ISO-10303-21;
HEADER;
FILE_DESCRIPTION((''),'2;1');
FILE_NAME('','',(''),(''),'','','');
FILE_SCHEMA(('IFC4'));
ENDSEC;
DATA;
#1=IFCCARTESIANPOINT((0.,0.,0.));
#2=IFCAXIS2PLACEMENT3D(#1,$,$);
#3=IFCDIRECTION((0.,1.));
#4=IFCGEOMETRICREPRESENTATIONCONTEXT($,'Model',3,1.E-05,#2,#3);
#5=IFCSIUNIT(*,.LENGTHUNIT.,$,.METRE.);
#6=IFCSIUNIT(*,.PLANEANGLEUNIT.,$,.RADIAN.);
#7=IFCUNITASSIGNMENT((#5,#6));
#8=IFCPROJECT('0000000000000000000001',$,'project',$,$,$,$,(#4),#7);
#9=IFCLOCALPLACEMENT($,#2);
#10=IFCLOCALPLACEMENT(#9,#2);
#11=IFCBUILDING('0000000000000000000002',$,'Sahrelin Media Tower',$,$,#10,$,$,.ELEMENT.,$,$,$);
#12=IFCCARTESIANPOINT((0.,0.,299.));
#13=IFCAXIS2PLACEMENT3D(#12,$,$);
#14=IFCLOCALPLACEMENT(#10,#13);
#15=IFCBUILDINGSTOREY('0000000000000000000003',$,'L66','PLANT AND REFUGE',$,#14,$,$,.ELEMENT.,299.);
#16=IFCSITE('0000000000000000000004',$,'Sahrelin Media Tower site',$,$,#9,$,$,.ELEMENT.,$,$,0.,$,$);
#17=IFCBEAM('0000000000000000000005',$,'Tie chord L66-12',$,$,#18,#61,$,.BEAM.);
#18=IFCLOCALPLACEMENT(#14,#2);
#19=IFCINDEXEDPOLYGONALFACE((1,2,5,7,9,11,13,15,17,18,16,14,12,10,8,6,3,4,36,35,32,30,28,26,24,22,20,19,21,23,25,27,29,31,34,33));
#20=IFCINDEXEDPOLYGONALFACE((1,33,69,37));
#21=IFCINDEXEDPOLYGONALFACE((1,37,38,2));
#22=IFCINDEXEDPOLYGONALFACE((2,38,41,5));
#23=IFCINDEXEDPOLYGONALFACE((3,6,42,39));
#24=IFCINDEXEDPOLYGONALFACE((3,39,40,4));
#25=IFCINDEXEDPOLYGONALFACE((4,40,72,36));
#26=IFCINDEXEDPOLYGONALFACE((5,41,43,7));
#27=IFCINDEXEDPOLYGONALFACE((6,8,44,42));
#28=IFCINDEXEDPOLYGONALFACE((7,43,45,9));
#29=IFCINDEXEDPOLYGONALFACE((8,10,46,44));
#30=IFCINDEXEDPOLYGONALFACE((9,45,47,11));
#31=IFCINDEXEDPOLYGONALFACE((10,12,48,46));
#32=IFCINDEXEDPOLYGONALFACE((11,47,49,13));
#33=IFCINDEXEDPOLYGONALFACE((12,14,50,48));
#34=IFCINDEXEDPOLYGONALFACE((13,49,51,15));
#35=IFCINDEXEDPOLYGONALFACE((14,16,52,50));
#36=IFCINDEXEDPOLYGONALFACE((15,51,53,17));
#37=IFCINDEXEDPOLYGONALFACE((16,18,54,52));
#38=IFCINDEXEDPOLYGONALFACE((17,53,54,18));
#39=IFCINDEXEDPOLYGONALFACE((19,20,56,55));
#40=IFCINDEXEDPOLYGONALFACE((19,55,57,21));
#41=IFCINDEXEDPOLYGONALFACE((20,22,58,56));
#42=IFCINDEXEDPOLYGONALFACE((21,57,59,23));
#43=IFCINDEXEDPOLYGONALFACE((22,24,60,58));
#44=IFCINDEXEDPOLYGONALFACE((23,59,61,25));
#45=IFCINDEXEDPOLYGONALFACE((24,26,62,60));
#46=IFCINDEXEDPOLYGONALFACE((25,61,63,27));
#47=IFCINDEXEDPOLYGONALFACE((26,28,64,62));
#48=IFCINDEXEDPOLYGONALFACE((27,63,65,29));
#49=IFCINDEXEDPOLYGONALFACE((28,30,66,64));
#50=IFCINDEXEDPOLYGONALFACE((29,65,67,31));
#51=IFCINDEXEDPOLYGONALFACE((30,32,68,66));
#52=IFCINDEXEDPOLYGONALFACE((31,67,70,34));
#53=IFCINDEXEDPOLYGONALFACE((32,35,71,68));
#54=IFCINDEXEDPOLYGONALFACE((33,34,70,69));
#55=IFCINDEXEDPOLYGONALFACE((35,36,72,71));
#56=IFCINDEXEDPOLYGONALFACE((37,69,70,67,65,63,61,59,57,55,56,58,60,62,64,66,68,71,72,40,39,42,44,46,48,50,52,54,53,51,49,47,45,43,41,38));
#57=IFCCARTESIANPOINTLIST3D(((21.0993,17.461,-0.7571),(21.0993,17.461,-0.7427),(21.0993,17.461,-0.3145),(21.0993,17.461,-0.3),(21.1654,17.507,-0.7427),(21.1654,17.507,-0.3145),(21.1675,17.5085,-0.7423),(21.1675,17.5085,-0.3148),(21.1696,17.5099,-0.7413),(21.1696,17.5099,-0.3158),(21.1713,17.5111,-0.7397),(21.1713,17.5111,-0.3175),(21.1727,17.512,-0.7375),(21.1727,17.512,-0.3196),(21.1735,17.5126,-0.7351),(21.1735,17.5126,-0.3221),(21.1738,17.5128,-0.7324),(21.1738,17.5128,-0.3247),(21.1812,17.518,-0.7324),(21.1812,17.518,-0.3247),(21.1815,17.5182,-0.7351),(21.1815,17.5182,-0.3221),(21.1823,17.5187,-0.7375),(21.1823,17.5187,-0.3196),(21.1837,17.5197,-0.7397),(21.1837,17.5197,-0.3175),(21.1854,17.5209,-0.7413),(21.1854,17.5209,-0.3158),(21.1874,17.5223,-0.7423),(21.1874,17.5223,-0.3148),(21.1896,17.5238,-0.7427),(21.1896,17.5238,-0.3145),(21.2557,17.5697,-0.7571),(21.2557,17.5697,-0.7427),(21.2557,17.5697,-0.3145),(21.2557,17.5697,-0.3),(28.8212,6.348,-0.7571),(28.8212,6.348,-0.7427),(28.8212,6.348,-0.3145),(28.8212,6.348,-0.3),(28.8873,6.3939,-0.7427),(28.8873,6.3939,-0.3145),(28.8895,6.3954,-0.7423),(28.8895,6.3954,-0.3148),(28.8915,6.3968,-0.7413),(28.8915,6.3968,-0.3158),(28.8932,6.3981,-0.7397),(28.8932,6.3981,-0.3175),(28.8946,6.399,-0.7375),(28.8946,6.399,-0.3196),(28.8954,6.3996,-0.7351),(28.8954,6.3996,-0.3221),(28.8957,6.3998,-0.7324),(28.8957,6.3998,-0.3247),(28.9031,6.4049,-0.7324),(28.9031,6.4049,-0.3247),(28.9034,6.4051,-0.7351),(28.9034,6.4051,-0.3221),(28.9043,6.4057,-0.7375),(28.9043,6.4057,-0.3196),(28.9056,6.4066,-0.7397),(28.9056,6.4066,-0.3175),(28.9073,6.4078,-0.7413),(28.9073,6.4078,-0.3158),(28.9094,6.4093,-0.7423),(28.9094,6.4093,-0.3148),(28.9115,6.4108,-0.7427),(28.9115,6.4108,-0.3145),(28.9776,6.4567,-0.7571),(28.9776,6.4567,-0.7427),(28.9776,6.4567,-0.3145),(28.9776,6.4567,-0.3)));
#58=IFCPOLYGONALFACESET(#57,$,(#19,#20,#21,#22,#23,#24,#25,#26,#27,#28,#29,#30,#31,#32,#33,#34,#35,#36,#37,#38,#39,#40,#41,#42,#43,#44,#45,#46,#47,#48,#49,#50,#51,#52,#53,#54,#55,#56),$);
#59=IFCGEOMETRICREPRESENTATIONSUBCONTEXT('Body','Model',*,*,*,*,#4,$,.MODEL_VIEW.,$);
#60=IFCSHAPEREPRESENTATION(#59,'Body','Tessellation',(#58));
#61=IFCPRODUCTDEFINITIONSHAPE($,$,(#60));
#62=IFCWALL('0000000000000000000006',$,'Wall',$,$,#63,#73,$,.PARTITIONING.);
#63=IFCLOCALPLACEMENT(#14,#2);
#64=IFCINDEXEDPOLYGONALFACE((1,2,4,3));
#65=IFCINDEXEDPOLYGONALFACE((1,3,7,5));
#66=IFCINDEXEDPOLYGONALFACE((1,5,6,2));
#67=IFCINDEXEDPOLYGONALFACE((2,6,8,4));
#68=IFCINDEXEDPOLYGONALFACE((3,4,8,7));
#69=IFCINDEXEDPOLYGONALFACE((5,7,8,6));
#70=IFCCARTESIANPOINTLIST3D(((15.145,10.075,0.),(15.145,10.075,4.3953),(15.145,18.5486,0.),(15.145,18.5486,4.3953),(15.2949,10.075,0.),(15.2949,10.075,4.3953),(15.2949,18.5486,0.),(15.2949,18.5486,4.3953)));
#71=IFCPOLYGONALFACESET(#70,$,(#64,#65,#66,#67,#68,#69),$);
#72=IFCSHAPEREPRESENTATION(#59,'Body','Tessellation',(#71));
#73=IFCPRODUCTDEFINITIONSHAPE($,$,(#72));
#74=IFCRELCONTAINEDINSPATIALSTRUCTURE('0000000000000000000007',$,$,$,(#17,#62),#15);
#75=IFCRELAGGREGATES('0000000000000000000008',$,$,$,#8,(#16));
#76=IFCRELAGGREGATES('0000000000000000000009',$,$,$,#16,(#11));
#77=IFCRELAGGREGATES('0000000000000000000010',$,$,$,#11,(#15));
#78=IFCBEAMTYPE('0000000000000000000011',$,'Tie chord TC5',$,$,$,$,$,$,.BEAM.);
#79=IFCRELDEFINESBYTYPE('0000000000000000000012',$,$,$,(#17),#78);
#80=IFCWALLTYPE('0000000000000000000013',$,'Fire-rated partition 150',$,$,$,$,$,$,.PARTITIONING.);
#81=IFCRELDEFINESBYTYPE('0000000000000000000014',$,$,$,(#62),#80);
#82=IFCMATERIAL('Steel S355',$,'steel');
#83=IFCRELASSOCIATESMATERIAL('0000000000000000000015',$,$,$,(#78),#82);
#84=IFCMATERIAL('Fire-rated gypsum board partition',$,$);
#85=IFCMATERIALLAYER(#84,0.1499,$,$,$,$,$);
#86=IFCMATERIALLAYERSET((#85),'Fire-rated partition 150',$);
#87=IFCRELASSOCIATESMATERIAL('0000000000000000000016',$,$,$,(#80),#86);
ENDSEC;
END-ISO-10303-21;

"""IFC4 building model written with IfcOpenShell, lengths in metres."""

from ifc_helpers import new_model, si_unit, direction, frame, frame_2d, origin, origin_2d, place, context, subcontext, project, spatial, rectangle, i_section, extrude, material, layer, layer_set, material_profile, profile_set, type_object, element, save


model = new_model("IFC4")

# Units and contexts
model_context = context("Model", 3, precision=1e-05, world=origin(), true_north=direction((0.0, 1.0)))
body_context = subcontext(model_context, "Body", "Model", "MODEL_VIEW")
ifc_project = project(units=[si_unit("LENGTHUNIT", "METRE"), si_unit("PLANEANGLEUNIT", "RADIAN")], contexts=[model_context])

# Site, building, storey
site_placement = place(None, origin())
site = spatial("IfcSite", under=ifc_project, at=site_placement, Name="Sahrelin Media Tower site", CompositionType="ELEMENT", RefElevation=0.0)
building_placement = place(site_placement, origin())
building = spatial("IfcBuilding", under=site, at=building_placement, Name="Sahrelin Media Tower", CompositionType="ELEMENT")
storey_placement = place(building_placement, frame((0.0, 0.0, 299.0)))
storey = spatial("IfcBuildingStorey", under=building, at=storey_placement, Name="L66", Description="PLANT AND REFUGE", CompositionType="ELEMENT", Elevation=299.0)

# Beam
ifc_material_1 = material(Name="Steel S355", Category="steel")
ifc_material_profile_1 = material_profile(ifc_material_1, i_section(OverallWidth=0.1904, OverallDepth=0.457, WebThickness=0.009, FlangeThickness=0.0144, FilletRadius=0.0103, at=origin_2d()), Name="UB 457x191x74")
ifc_profile_set_1 = profile_set([ifc_material_profile_1], Name="Steel S355")
beam_type_1 = type_object("IfcBeamType", Name="Tie chord TC5", PredefinedType="BEAM", material=ifc_profile_set_1)
beam_1_placement = place(storey_placement, frame((21.1775, 17.5154, -0.5286), z_axis=(0.570622, -0.821213, 0.0), x_axis=(0.821213, 0.570622, 0.0)))
element("IfcBeam", 1, at=beam_1_placement, inside=storey, type_object=beam_type_1, Name="Tie chord L66-12", PredefinedType="BEAM", context=body_context, shape_type="SweptSolid", body=[
    extrude(i_section(OverallWidth=0.1904, OverallDepth=0.457, WebThickness=0.009, FlangeThickness=0.0144, FilletRadius=0.0103, at=origin_2d()), origin(), (0.0, 0.0, 1.0), 13.5325),
])

# Wall
ifc_material_2 = material(Name="Fire-rated gypsum board partition")
ifc_layer = layer(ifc_material_2, 0.1499)
ifc_layer_set = layer_set([ifc_layer], Name="Fire-rated partition 150")
wall_type = type_object("IfcWallType", Name="Fire-rated partition 150", PredefinedType="PARTITIONING", material=ifc_layer_set)
wall_placement = place(storey_placement, frame((15.22, 10.075, 0.0), z_axis=(0.0, 0.0, 1.0), x_axis=(0.0, 1.0, 0.0)))
element("IfcWall", 2, at=wall_placement, inside=storey, type_object=wall_type, Name="Wall", PredefinedType="PARTITIONING", context=body_context, shape_type="SweptSolid", body=[
    extrude(rectangle(XDim=8.4736, YDim=0.1499, at=frame_2d((4.2368, 0.0))), origin(), (0.0, 0.0, 1.0), 4.3953),
])

save(model, "model.ifc")
